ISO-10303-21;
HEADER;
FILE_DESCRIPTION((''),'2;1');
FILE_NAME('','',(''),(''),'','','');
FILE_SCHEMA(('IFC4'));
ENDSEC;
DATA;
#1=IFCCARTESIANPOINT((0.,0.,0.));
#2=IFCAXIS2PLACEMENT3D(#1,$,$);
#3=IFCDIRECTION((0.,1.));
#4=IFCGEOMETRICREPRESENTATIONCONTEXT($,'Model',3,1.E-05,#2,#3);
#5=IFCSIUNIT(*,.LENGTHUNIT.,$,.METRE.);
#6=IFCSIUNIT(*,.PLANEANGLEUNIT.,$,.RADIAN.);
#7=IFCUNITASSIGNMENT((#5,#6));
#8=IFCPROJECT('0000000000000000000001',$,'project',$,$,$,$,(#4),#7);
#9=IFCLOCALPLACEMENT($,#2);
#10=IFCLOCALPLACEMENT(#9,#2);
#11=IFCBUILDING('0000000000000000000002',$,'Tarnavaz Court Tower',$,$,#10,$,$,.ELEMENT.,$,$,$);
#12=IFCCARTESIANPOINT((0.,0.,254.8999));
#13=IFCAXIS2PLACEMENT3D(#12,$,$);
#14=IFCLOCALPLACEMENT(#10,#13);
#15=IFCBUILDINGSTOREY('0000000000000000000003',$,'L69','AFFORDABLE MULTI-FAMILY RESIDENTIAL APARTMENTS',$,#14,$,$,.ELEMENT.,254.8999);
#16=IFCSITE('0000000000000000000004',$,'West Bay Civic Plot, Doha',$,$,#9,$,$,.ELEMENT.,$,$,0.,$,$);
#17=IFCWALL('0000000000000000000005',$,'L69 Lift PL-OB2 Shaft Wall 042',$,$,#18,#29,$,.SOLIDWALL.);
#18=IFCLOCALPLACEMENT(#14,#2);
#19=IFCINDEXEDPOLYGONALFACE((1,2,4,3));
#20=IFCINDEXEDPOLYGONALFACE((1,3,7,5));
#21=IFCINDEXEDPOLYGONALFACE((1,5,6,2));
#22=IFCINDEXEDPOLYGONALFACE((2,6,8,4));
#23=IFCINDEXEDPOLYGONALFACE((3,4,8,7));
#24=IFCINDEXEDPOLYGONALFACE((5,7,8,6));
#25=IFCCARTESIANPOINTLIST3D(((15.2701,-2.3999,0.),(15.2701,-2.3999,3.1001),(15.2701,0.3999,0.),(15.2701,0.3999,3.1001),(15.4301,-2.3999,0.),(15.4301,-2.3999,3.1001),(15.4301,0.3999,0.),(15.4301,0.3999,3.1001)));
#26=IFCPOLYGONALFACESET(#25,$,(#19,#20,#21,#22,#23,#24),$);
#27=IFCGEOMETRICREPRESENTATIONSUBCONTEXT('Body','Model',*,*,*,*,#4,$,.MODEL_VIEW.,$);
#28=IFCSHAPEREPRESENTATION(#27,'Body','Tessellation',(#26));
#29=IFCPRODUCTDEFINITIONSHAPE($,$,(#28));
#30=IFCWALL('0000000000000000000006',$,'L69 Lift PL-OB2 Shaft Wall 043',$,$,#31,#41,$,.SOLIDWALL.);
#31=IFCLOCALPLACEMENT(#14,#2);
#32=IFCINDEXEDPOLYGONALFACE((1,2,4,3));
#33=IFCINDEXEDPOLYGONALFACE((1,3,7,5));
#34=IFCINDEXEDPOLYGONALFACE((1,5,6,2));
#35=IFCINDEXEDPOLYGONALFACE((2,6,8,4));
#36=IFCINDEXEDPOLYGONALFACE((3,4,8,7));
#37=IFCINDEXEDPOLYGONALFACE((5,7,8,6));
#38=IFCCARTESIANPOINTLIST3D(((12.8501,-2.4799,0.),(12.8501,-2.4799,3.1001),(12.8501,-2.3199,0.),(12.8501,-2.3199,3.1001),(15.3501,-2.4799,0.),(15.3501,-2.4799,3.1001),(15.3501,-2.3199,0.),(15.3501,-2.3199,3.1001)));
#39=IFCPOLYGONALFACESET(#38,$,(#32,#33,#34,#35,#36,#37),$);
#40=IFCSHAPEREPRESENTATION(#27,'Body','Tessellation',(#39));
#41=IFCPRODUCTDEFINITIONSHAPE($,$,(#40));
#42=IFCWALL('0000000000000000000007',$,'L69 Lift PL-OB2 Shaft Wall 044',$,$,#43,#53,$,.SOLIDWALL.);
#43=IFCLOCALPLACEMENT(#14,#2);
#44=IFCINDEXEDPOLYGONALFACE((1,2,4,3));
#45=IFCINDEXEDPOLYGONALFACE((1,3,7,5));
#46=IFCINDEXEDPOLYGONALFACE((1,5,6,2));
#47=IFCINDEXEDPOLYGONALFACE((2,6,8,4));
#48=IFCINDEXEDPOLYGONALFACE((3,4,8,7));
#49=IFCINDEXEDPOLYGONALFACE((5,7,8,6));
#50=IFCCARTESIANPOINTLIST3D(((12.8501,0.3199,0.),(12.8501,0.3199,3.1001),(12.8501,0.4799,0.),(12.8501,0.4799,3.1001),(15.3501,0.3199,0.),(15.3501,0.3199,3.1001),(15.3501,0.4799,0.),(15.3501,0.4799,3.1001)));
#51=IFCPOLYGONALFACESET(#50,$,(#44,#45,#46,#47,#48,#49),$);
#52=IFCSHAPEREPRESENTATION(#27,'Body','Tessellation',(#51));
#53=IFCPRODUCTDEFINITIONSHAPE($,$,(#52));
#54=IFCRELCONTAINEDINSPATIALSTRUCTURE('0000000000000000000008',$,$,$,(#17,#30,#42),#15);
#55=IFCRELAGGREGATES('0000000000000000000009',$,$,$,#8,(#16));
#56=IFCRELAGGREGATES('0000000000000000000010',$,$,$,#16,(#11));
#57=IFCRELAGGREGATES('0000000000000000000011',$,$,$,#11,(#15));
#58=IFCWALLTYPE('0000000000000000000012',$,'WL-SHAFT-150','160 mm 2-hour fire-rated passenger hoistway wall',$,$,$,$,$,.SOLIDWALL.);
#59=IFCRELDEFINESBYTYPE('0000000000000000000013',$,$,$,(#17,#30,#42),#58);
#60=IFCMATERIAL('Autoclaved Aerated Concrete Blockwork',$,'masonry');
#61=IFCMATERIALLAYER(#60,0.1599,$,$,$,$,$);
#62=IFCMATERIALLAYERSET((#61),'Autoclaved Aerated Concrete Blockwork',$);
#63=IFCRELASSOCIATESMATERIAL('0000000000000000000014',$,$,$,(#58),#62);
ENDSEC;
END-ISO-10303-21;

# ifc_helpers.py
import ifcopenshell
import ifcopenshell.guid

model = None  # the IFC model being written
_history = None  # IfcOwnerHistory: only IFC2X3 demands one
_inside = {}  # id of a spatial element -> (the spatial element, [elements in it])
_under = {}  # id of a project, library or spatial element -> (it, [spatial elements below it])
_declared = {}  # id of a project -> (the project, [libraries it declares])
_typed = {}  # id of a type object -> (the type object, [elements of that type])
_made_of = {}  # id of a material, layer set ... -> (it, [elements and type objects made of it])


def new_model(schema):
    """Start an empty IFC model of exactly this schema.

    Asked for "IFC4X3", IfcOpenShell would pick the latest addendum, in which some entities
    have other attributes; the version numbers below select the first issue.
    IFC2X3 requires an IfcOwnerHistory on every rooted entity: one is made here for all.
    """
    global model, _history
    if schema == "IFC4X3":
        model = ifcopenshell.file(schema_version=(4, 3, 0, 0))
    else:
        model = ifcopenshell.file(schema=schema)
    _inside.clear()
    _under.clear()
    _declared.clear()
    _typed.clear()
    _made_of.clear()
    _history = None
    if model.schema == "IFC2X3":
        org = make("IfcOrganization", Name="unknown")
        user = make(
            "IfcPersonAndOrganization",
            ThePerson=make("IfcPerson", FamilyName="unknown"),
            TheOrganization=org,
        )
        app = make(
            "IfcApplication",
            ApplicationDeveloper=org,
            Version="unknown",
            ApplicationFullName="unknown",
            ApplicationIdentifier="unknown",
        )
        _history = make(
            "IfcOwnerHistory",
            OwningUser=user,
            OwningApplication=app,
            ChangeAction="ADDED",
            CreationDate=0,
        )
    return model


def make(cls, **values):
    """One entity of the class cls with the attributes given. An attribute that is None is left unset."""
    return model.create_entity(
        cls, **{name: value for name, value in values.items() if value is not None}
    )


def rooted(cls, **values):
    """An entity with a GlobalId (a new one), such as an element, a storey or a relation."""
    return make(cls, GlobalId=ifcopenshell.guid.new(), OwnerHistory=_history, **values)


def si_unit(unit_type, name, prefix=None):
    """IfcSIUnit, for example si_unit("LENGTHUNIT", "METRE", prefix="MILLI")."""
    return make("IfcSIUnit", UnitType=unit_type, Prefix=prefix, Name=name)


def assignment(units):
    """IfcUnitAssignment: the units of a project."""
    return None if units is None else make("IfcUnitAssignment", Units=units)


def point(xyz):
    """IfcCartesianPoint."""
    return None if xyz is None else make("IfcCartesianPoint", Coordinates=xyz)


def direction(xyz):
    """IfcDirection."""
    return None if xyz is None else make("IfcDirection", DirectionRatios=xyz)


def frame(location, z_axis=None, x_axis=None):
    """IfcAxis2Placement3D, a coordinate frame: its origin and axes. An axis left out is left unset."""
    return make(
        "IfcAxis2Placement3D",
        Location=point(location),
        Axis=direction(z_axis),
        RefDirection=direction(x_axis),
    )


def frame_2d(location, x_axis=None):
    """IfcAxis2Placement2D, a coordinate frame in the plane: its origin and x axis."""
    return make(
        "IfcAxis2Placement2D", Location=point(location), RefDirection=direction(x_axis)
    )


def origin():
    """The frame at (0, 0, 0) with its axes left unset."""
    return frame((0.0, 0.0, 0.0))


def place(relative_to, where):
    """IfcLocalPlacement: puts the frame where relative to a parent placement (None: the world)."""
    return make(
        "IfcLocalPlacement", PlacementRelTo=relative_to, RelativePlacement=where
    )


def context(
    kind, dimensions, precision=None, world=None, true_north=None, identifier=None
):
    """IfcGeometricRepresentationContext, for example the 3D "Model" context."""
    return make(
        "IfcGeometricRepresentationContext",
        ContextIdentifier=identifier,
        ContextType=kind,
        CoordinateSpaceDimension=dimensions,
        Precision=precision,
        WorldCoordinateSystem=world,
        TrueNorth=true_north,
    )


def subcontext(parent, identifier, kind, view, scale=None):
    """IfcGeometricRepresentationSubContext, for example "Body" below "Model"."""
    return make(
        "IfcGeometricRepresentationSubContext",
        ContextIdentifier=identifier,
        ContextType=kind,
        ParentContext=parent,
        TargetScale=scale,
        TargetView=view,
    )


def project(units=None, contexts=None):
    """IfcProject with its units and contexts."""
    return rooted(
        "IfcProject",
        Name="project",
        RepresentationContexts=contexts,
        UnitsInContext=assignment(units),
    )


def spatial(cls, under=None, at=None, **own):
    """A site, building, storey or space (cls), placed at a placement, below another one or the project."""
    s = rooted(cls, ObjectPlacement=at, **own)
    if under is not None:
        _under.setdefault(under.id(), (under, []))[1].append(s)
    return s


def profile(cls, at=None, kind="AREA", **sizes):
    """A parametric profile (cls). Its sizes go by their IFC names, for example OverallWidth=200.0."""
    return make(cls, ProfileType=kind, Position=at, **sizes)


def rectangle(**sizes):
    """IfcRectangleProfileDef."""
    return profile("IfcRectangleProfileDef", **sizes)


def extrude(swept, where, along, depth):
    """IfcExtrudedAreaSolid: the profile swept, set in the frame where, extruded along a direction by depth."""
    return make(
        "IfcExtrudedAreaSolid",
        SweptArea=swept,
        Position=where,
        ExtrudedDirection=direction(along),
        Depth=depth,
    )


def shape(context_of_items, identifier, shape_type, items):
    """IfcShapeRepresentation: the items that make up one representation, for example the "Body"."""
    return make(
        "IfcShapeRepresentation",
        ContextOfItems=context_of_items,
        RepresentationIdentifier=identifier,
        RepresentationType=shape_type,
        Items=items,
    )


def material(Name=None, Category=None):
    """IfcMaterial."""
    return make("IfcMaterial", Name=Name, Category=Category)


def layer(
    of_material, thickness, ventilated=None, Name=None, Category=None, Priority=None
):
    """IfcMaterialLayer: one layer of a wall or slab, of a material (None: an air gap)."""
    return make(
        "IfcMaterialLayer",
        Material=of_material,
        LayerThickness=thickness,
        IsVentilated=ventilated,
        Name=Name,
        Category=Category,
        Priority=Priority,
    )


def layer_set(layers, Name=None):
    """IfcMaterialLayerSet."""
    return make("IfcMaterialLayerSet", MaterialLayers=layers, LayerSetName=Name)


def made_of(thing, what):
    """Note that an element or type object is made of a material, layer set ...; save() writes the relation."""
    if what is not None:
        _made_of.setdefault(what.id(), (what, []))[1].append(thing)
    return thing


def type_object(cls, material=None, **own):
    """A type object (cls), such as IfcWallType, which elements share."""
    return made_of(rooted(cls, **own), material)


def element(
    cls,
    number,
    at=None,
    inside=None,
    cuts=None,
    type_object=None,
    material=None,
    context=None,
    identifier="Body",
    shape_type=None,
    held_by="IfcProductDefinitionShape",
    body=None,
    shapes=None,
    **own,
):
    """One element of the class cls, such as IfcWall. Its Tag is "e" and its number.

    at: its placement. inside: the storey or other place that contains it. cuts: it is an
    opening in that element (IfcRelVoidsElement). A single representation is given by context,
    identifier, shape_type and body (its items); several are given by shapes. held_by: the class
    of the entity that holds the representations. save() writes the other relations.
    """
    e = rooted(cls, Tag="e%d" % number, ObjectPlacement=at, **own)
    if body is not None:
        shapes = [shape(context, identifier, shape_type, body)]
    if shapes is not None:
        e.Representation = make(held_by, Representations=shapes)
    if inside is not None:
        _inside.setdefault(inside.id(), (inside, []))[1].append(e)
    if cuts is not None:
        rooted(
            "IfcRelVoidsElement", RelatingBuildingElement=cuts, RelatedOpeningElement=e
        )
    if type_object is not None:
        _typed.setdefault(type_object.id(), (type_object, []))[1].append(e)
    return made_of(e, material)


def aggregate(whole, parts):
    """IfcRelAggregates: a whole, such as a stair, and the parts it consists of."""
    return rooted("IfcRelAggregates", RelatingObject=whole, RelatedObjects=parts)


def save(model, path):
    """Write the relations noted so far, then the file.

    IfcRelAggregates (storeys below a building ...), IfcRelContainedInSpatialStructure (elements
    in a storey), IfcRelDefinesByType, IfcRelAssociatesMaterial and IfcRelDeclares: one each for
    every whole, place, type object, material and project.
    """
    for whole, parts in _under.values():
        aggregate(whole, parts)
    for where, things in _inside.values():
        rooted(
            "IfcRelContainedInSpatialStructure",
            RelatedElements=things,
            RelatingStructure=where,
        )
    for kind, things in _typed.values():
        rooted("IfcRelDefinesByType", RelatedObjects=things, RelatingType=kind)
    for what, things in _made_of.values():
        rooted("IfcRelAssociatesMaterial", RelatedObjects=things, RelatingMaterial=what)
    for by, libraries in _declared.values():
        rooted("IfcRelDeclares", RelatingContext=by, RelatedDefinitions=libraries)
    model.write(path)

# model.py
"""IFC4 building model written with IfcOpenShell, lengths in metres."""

from ifc_helpers import new_model, si_unit, direction, frame, frame_2d, origin, place, context, subcontext, project, spatial, rectangle, extrude, material, layer, layer_set, type_object, element, save


model = new_model("IFC4")

# Units and contexts
model_context = context("Model", 3, precision=1e-05, world=origin(), true_north=direction((0.0, 1.0)))
body_context = subcontext(model_context, "Body", "Model", "MODEL_VIEW")
ifc_project = project(units=[si_unit("LENGTHUNIT", "METRE"), si_unit("PLANEANGLEUNIT", "RADIAN")], contexts=[model_context])

# Site, building, storey
site_placement = place(None, origin())
site = spatial("IfcSite", under=ifc_project, at=site_placement, Name="West Bay Civic Plot, Doha", CompositionType="ELEMENT", RefElevation=0.0)
building_placement = place(site_placement, origin())
building = spatial("IfcBuilding", under=site, at=building_placement, Name="Tarnavaz Court Tower", CompositionType="ELEMENT")
storey_placement = place(building_placement, frame((0.0, 0.0, 254.8999)))
storey = spatial("IfcBuildingStorey", under=building, at=storey_placement, Name="L69", Description="AFFORDABLE MULTI-FAMILY RESIDENTIAL APARTMENTS", CompositionType="ELEMENT", Elevation=254.8999)

# Walls
ifc_material_1 = material(Name="Autoclaved Aerated Concrete Blockwork", Category="masonry")
ifc_layer_1 = layer(ifc_material_1, 0.1599)
ifc_layer_set_1 = layer_set([ifc_layer_1], Name="Autoclaved Aerated Concrete Blockwork")
wall_type_1 = type_object("IfcWallType", Name="WL-SHAFT-150", Description="160 mm 2-hour fire-rated passenger hoistway wall", PredefinedType="SOLIDWALL", material=ifc_layer_set_1)
wall_1_placement = place(storey_placement, frame((15.3501, -2.3999, 0.0), z_axis=(0.0, 0.0, 1.0), x_axis=(0.0, 1.0, 0.0)))
element("IfcWall", 1, at=wall_1_placement, inside=storey, type_object=wall_type_1, Name="L69 Lift PL-OB2 Shaft Wall 042", PredefinedType="SOLIDWALL", context=body_context, shape_type="SweptSolid", body=[
    extrude(rectangle(XDim=2.7998, YDim=0.1599, at=frame_2d((1.3999, 0.0))), origin(), (0.0, 0.0, 1.0), 3.1001),
])
for number, where, z_axis, x_axis, name in (
    (2, (12.8501, -2.3999, 0.0), (0.0, 0.0, 1.0), (1.0, 0.0, 0.0), "L69 Lift PL-OB2 Shaft Wall 043"),
    (3, (12.8501, 0.3999, 0.0), (0.0, 0.0, 1.0), (1.0, 0.0, 0.0), "L69 Lift PL-OB2 Shaft Wall 044"),
):
    element("IfcWall", number, at=place(storey_placement, frame(where, z_axis=z_axis, x_axis=x_axis)), inside=storey, type_object=wall_type_1, Name=name, PredefinedType="SOLIDWALL", context=body_context, shape_type="SweptSolid", body=[
        extrude(rectangle(XDim=2.5, YDim=0.1599, at=frame_2d((1.25, 0.0))), origin(), (0.0, 0.0, 1.0), 3.1001),
    ])

save(model, "model.ifc")
